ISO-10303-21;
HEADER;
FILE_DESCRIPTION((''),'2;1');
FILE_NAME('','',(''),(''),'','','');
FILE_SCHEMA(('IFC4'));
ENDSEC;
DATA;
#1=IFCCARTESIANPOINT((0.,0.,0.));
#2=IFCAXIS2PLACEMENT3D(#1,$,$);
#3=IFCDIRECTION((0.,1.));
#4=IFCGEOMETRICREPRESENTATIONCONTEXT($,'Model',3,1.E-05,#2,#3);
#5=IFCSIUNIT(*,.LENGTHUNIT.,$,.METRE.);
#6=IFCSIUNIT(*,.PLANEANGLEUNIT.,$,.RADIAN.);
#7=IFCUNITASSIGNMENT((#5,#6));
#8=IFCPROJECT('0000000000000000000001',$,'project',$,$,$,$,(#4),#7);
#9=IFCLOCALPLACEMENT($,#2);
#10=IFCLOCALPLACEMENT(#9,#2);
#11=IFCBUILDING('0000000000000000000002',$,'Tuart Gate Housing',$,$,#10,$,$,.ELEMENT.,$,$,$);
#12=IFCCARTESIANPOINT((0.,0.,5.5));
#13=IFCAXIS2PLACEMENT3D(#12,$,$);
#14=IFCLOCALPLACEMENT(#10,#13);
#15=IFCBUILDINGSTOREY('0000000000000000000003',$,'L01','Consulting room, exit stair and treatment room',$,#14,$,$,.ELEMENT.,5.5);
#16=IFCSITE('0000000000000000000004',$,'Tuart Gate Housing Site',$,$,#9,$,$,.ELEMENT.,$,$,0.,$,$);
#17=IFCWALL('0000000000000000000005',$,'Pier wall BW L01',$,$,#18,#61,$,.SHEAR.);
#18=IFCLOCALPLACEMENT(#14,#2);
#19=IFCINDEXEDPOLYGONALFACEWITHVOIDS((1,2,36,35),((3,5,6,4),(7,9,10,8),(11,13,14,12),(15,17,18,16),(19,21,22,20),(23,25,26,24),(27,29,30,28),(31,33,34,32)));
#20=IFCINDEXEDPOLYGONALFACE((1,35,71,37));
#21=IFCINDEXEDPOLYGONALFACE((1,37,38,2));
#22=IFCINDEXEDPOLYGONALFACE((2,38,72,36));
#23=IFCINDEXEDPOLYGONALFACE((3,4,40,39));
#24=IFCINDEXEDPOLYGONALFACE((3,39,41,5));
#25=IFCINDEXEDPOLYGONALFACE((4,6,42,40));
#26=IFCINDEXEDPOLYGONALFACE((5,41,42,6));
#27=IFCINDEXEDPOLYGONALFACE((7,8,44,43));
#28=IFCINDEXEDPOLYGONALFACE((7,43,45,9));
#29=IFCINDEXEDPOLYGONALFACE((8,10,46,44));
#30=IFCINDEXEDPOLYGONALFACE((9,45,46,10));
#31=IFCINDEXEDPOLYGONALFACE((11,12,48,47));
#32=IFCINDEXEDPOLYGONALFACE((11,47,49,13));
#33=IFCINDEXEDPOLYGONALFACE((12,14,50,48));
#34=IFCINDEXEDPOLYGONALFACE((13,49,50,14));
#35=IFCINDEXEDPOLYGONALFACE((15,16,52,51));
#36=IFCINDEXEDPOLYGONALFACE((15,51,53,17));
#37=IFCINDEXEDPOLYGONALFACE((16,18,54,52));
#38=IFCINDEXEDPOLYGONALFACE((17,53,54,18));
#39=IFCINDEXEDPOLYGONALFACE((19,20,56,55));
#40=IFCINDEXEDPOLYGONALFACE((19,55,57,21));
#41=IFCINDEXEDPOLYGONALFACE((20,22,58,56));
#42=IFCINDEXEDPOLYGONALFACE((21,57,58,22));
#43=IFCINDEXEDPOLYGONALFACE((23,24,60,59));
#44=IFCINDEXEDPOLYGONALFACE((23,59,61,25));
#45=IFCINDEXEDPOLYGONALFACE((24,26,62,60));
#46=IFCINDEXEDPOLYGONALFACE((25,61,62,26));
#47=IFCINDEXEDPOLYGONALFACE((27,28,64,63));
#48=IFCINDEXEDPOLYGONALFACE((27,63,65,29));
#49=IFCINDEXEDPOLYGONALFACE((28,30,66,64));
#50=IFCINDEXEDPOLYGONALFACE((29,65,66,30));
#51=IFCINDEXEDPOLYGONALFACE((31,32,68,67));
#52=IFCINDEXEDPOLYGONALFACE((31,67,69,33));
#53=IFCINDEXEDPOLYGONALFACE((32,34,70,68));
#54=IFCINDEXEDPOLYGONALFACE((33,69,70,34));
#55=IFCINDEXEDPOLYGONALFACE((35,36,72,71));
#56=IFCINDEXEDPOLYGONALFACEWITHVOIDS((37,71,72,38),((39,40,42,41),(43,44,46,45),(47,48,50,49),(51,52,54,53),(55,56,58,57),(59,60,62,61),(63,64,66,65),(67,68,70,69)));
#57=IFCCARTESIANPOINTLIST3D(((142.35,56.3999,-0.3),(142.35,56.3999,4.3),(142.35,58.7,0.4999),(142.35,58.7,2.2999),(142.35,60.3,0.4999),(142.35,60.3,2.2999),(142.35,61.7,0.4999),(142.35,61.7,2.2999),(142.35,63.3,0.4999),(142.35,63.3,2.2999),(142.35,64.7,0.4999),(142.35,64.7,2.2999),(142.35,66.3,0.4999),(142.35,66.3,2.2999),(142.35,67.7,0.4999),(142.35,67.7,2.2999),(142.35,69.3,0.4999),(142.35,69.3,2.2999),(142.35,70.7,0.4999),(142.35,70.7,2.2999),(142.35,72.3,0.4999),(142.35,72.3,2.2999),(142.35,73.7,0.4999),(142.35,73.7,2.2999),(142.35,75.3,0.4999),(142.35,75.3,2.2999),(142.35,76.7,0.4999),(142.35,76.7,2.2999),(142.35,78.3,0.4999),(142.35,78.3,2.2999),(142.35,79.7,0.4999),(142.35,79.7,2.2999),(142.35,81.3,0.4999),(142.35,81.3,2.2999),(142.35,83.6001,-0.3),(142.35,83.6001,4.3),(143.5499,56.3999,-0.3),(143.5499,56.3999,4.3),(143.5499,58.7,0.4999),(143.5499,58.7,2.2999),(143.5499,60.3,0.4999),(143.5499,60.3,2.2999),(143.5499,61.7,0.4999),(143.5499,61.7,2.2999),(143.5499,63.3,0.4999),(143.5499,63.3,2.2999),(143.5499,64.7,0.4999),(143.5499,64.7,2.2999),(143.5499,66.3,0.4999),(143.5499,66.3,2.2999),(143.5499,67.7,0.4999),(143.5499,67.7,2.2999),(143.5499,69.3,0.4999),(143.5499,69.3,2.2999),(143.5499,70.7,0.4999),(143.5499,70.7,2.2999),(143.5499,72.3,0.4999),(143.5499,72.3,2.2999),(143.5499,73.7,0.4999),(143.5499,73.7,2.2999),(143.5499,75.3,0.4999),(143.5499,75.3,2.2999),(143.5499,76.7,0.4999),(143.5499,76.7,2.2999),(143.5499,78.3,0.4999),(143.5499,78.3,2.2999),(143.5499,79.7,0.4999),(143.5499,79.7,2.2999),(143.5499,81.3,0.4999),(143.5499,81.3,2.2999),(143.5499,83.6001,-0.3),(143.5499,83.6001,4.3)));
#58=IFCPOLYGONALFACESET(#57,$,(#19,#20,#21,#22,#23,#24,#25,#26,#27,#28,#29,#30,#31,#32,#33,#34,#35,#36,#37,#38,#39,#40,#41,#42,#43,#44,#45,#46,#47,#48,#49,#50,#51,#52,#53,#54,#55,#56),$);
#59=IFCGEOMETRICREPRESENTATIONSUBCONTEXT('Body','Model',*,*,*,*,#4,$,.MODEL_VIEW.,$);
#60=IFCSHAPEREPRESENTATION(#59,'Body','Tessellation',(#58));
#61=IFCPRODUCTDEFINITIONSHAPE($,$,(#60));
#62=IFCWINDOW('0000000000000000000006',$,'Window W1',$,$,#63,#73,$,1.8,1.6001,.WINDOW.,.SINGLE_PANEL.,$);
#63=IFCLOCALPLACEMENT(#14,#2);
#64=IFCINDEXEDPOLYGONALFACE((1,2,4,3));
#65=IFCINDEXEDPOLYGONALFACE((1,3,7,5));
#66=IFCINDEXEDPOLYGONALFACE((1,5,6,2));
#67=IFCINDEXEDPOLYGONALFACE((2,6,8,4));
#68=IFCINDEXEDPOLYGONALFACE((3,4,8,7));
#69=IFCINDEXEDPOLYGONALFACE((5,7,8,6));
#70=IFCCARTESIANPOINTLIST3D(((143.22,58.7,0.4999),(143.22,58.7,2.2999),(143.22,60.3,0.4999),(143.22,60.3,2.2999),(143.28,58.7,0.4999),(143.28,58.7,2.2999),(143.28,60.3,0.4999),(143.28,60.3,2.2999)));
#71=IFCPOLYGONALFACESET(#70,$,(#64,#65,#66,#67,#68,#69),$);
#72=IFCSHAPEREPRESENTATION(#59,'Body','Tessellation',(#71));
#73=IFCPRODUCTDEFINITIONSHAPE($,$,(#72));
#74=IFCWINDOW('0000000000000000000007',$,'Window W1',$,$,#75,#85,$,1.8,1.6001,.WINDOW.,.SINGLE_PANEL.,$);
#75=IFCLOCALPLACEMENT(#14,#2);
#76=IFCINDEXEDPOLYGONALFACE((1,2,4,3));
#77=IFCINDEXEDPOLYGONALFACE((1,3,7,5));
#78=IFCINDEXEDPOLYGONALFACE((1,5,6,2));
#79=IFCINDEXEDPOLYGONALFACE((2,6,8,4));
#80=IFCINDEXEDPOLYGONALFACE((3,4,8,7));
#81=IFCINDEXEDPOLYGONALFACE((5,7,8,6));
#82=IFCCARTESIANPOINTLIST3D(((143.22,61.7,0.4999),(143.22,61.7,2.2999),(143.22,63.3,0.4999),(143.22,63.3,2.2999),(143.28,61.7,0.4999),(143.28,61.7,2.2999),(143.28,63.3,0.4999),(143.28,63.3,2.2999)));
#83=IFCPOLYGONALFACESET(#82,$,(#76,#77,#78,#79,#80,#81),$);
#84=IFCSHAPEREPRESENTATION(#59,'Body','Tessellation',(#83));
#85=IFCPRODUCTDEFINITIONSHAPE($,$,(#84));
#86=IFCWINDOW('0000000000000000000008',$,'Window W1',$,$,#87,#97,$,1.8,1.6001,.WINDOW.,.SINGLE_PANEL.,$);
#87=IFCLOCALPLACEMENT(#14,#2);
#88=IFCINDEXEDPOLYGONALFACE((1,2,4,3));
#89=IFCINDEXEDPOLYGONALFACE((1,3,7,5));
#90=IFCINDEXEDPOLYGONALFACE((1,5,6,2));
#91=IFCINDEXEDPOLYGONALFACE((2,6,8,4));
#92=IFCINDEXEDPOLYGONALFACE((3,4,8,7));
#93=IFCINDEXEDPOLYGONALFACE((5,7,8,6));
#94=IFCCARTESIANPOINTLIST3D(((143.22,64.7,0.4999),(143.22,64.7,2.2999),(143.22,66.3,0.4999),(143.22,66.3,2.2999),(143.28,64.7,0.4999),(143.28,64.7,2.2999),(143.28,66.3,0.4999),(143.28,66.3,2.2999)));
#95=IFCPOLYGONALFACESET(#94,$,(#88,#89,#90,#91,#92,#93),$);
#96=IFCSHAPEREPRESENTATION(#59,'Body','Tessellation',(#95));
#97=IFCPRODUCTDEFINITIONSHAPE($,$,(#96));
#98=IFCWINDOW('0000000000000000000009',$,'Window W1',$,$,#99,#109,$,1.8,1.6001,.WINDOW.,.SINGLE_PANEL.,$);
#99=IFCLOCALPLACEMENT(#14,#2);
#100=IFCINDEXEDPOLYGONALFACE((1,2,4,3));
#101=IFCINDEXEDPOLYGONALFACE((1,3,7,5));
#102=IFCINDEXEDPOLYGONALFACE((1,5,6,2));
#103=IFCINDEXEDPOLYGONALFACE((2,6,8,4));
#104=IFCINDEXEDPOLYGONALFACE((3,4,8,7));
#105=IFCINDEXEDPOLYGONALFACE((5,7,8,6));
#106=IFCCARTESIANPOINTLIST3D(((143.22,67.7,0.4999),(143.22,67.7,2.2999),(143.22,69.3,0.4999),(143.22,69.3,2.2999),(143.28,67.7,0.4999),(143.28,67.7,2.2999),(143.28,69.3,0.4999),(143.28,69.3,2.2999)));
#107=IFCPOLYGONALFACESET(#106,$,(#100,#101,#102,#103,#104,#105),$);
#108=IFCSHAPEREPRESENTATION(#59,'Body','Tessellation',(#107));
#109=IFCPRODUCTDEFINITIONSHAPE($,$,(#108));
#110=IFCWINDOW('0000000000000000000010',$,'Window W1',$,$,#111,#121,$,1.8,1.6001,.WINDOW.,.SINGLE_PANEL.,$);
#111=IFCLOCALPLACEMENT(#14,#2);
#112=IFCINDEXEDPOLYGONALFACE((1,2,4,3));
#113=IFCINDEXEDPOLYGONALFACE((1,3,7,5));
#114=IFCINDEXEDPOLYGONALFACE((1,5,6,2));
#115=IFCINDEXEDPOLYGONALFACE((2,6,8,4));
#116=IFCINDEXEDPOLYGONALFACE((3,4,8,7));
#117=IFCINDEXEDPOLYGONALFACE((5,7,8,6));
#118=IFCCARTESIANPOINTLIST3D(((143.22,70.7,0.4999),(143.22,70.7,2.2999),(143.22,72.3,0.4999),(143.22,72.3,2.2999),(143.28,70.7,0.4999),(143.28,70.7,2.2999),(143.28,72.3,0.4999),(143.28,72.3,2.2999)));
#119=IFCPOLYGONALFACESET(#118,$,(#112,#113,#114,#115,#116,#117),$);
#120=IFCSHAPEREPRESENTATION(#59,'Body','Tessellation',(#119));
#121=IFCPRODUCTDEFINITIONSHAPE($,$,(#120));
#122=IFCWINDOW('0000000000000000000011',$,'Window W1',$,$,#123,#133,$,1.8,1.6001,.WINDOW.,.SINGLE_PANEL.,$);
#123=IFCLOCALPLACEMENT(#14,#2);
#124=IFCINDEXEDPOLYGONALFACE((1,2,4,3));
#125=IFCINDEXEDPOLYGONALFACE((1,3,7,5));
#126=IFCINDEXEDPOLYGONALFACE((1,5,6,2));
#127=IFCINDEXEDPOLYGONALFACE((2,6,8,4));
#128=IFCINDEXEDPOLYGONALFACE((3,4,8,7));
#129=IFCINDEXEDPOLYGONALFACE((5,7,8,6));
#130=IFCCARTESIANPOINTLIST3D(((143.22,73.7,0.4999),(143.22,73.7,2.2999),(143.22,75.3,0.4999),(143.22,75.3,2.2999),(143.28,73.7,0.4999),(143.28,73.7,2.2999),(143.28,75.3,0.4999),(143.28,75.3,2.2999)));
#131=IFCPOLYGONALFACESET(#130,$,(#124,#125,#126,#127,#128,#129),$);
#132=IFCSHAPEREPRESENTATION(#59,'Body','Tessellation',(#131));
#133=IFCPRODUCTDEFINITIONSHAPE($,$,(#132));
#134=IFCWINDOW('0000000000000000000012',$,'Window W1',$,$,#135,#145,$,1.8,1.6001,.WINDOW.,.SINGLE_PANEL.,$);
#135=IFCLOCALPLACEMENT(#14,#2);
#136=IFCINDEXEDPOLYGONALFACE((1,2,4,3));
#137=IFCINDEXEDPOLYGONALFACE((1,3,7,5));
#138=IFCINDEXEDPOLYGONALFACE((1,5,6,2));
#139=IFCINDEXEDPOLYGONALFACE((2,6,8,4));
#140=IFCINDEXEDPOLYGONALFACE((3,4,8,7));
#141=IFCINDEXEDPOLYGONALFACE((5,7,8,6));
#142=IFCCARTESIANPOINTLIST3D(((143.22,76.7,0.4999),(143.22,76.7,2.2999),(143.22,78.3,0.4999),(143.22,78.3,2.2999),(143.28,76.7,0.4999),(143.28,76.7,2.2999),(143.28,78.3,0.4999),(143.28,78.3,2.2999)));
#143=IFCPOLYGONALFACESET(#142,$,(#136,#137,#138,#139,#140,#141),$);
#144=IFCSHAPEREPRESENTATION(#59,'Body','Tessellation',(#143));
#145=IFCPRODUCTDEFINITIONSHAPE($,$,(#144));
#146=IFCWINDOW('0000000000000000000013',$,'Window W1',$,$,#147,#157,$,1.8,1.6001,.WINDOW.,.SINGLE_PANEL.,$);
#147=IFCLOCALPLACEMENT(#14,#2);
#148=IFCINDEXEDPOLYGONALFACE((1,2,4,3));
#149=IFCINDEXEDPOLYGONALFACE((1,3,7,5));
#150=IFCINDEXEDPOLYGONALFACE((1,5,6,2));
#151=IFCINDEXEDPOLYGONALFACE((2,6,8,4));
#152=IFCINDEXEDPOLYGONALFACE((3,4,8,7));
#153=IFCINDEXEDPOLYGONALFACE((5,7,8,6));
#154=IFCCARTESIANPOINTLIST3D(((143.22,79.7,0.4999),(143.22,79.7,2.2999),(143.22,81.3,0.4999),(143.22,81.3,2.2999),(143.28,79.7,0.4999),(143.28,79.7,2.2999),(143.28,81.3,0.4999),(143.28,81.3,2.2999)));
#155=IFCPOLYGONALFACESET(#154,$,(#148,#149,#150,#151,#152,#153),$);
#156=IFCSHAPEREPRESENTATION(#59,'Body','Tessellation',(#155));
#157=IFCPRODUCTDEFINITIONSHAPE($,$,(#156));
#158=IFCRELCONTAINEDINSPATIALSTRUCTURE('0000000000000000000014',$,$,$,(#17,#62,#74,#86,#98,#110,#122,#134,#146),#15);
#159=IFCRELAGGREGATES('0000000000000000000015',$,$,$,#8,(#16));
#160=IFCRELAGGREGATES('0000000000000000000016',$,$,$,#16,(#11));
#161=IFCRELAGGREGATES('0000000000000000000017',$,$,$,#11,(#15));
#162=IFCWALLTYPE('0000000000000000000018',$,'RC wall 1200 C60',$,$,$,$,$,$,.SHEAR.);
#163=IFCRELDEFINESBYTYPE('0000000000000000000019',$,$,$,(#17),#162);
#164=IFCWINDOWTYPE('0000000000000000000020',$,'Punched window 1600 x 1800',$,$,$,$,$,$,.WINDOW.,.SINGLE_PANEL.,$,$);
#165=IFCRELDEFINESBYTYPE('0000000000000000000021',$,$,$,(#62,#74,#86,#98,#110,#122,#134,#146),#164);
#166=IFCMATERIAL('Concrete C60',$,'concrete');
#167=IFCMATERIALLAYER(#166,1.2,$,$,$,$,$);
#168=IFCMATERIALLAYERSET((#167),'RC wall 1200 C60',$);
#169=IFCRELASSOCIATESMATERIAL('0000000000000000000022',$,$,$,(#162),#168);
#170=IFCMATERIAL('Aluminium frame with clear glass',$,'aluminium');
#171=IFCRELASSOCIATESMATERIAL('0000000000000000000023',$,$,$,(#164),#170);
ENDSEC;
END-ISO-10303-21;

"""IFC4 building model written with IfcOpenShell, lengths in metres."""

from ifc_helpers import new_model, si_unit, direction, frame, frame_2d, origin, place, context, subcontext, project, spatial, rectangle, extrude, material, layer, layer_set, type_object, element, fill, save


model = new_model("IFC4")

# Units and contexts
model_context = context("Model", 3, precision=1e-05, world=origin(), true_north=direction((0.0, 1.0)))
body_context = subcontext(model_context, "Body", "Model", "MODEL_VIEW")
ifc_project = project(units=[si_unit("LENGTHUNIT", "METRE"), si_unit("PLANEANGLEUNIT", "RADIAN")], contexts=[model_context])

# Site, building, storey
site_placement = place(None, origin())
site = spatial("IfcSite", under=ifc_project, at=site_placement, Name="Tuart Gate Housing Site", CompositionType="ELEMENT", RefElevation=0.0)
building_placement = place(site_placement, origin())
building = spatial("IfcBuilding", under=site, at=building_placement, Name="Tuart Gate Housing", CompositionType="ELEMENT")
storey_placement = place(building_placement, frame((0.0, 0.0, 5.5)))
storey = spatial("IfcBuildingStorey", under=building, at=storey_placement, Name="L01", Description="Consulting room, exit stair and treatment room", CompositionType="ELEMENT", Elevation=5.5)

# Wall, openings, windows
ifc_material_1 = material(Name="Concrete C60", Category="concrete")
ifc_layer_1 = layer(ifc_material_1, 1.2)
ifc_layer_set_1 = layer_set([ifc_layer_1], Name="RC wall 1200 C60")
wall_type_1 = type_object("IfcWallType", Name="RC wall 1200 C60", PredefinedType="SHEAR", material=ifc_layer_set_1)
wall_1_placement = place(storey_placement, frame((142.95, 56.3999, -0.3), z_axis=(0.0, 0.0, 1.0), x_axis=(0.0, 1.0, 0.0)))
wall_1 = element("IfcWall", 1, at=wall_1_placement, inside=storey, type_object=wall_type_1, Name="Pier wall BW L01", PredefinedType="SHEAR", context=body_context, shape_type="SweptSolid", body=[
    extrude(rectangle(XDim=27.2002, YDim=1.2, at=frame_2d((13.6001, 0.0))), origin(), (0.0, 0.0, 1.0), 4.6001),
])
opening_1_placement = place(wall_1_placement, frame((2.3, 0.0, 0.8)))
opening_1 = element("IfcOpeningElement", 2, at=opening_1_placement, cuts=wall_1, PredefinedType="OPENING", context=body_context, shape_type="SweptSolid", body=[
    extrude(rectangle(XDim=1.6001, YDim=1.8, at=frame_2d((0.8, 0.8999))), frame((0.0, 0.6099, 0.0), z_axis=(0.0, -1.0, 0.0), x_axis=(1.0, 0.0, 0.0)), (0.0, 0.0, 1.0), 1.22),
])
opening_2_placement = place(wall_1_placement, frame((5.3, 0.0, 0.8)))
opening_2 = element("IfcOpeningElement", 3, at=opening_2_placement, cuts=wall_1, PredefinedType="OPENING", context=body_context, shape_type="SweptSolid", body=[
    extrude(rectangle(XDim=1.6001, YDim=1.8, at=frame_2d((0.8, 0.8999))), frame((0.0, 0.6099, 0.0), z_axis=(0.0, -1.0, 0.0), x_axis=(1.0, 0.0, 0.0)), (0.0, 0.0, 1.0), 1.22),
])
opening_3_placement = place(wall_1_placement, frame((8.3, 0.0, 0.8)))
opening_3 = element("IfcOpeningElement", 4, at=opening_3_placement, cuts=wall_1, PredefinedType="OPENING", context=body_context, shape_type="SweptSolid", body=[
    extrude(rectangle(XDim=1.6001, YDim=1.8, at=frame_2d((0.8, 0.8999))), frame((0.0, 0.6099, 0.0), z_axis=(0.0, -1.0, 0.0), x_axis=(1.0, 0.0, 0.0)), (0.0, 0.0, 1.0), 1.22),
])
opening_4_placement = place(wall_1_placement, frame((11.3, 0.0, 0.8)))
opening_4 = element("IfcOpeningElement", 5, at=opening_4_placement, cuts=wall_1, PredefinedType="OPENING", context=body_context, shape_type="SweptSolid", body=[
    extrude(rectangle(XDim=1.6001, YDim=1.8, at=frame_2d((0.8, 0.8999))), frame((0.0, 0.6099, 0.0), z_axis=(0.0, -1.0, 0.0), x_axis=(1.0, 0.0, 0.0)), (0.0, 0.0, 1.0), 1.22),
])
opening_5_placement = place(wall_1_placement, frame((14.3, 0.0, 0.8)))
opening_5 = element("IfcOpeningElement", 6, at=opening_5_placement, cuts=wall_1, PredefinedType="OPENING", context=body_context, shape_type="SweptSolid", body=[
    extrude(rectangle(XDim=1.6001, YDim=1.8, at=frame_2d((0.8, 0.8999))), frame((0.0, 0.6099, 0.0), z_axis=(0.0, -1.0, 0.0), x_axis=(1.0, 0.0, 0.0)), (0.0, 0.0, 1.0), 1.22),
])
opening_6_placement = place(wall_1_placement, frame((17.3, 0.0, 0.8)))
opening_6 = element("IfcOpeningElement", 7, at=opening_6_placement, cuts=wall_1, PredefinedType="OPENING", context=body_context, shape_type="SweptSolid", body=[
    extrude(rectangle(XDim=1.6001, YDim=1.8, at=frame_2d((0.8, 0.8999))), frame((0.0, 0.6099, 0.0), z_axis=(0.0, -1.0, 0.0), x_axis=(1.0, 0.0, 0.0)), (0.0, 0.0, 1.0), 1.22),
])
opening_7_placement = place(wall_1_placement, frame((20.3, 0.0, 0.8)))
opening_7 = element("IfcOpeningElement", 8, at=opening_7_placement, cuts=wall_1, PredefinedType="OPENING", context=body_context, shape_type="SweptSolid", body=[
    extrude(rectangle(XDim=1.6001, YDim=1.8, at=frame_2d((0.8, 0.8999))), frame((0.0, 0.6099, 0.0), z_axis=(0.0, -1.0, 0.0), x_axis=(1.0, 0.0, 0.0)), (0.0, 0.0, 1.0), 1.22),
])
opening_8_placement = place(wall_1_placement, frame((23.3, 0.0, 0.8)))
opening_8 = element("IfcOpeningElement", 9, at=opening_8_placement, cuts=wall_1, PredefinedType="OPENING", context=body_context, shape_type="SweptSolid", body=[
    extrude(rectangle(XDim=1.6001, YDim=1.8, at=frame_2d((0.8, 0.8999))), frame((0.0, 0.6099, 0.0), z_axis=(0.0, -1.0, 0.0), x_axis=(1.0, 0.0, 0.0)), (0.0, 0.0, 1.0), 1.22),
])
ifc_material_2 = material(Name="Aluminium frame with clear glass", Category="aluminium")
window_type = type_object("IfcWindowType", Name="Punched window 1600 x 1800", PartitioningType="SINGLE_PANEL", PredefinedType="WINDOW", material=ifc_material_2)
window_1_placement = place(opening_1_placement, origin())
window_1 = element("IfcWindow", 10, at=window_1_placement, inside=storey, type_object=window_type, Name="Window W1", OverallHeight=1.8, OverallWidth=1.6001, PartitioningType="SINGLE_PANEL", PredefinedType="WINDOW", context=body_context, shape_type="SweptSolid", body=[
    extrude(rectangle(XDim=1.6001, YDim=1.8, at=frame_2d((0.8, 0.8999))), frame((0.0, -0.27, 0.0), z_axis=(0.0, -1.0, 0.0), x_axis=(1.0, 0.0, 0.0)), (0.0, 0.0, 1.0), 0.0601),
])
fill(opening_1, window_1)
window_2_placement = place(opening_2_placement, origin())
window_2 = element("IfcWindow", 11, at=window_2_placement, inside=storey, type_object=window_type, Name="Window W1", OverallHeight=1.8, OverallWidth=1.6001, PartitioningType="SINGLE_PANEL", PredefinedType="WINDOW", context=body_context, shape_type="SweptSolid", body=[
    extrude(rectangle(XDim=1.6001, YDim=1.8, at=frame_2d((0.8, 0.8999))), frame((0.0, -0.27, 0.0), z_axis=(0.0, -1.0, 0.0), x_axis=(1.0, 0.0, 0.0)), (0.0, 0.0, 1.0), 0.0601),
])
fill(opening_2, window_2)
window_3_placement = place(opening_3_placement, origin())
window_3 = element("IfcWindow", 12, at=window_3_placement, inside=storey, type_object=window_type, Name="Window W1", OverallHeight=1.8, OverallWidth=1.6001, PartitioningType="SINGLE_PANEL", PredefinedType="WINDOW", context=body_context, shape_type="SweptSolid", body=[
    extrude(rectangle(XDim=1.6001, YDim=1.8, at=frame_2d((0.8, 0.8999))), frame((0.0, -0.27, 0.0), z_axis=(0.0, -1.0, 0.0), x_axis=(1.0, 0.0, 0.0)), (0.0, 0.0, 1.0), 0.0601),
])
fill(opening_3, window_3)
window_4_placement = place(opening_4_placement, origin())
window_4 = element("IfcWindow", 13, at=window_4_placement, inside=storey, type_object=window_type, Name="Window W1", OverallHeight=1.8, OverallWidth=1.6001, PartitioningType="SINGLE_PANEL", PredefinedType="WINDOW", context=body_context, shape_type="SweptSolid", body=[
    extrude(rectangle(XDim=1.6001, YDim=1.8, at=frame_2d((0.8, 0.8999))), frame((0.0, -0.27, 0.0), z_axis=(0.0, -1.0, 0.0), x_axis=(1.0, 0.0, 0.0)), (0.0, 0.0, 1.0), 0.0601),
])
fill(opening_4, window_4)
window_5_placement = place(opening_5_placement, origin())
window_5 = element("IfcWindow", 14, at=window_5_placement, inside=storey, type_object=window_type, Name="Window W1", OverallHeight=1.8, OverallWidth=1.6001, PartitioningType="SINGLE_PANEL", PredefinedType="WINDOW", context=body_context, shape_type="SweptSolid", body=[
    extrude(rectangle(XDim=1.6001, YDim=1.8, at=frame_2d((0.8, 0.8999))), frame((0.0, -0.27, 0.0), z_axis=(0.0, -1.0, 0.0), x_axis=(1.0, 0.0, 0.0)), (0.0, 0.0, 1.0), 0.0601),
])
fill(opening_5, window_5)
window_6_placement = place(opening_6_placement, origin())
window_6 = element("IfcWindow", 15, at=window_6_placement, inside=storey, type_object=window_type, Name="Window W1", OverallHeight=1.8, OverallWidth=1.6001, PartitioningType="SINGLE_PANEL", PredefinedType="WINDOW", context=body_context, shape_type="SweptSolid", body=[
    extrude(rectangle(XDim=1.6001, YDim=1.8, at=frame_2d((0.8, 0.8999))), frame((0.0, -0.27, 0.0), z_axis=(0.0, -1.0, 0.0), x_axis=(1.0, 0.0, 0.0)), (0.0, 0.0, 1.0), 0.0601),
])
fill(opening_6, window_6)
window_7_placement = place(opening_7_placement, origin())
window_7 = element("IfcWindow", 16, at=window_7_placement, inside=storey, type_object=window_type, Name="Window W1", OverallHeight=1.8, OverallWidth=1.6001, PartitioningType="SINGLE_PANEL", PredefinedType="WINDOW", context=body_context, shape_type="SweptSolid", body=[
    extrude(rectangle(XDim=1.6001, YDim=1.8, at=frame_2d((0.8, 0.8999))), frame((0.0, -0.27, 0.0), z_axis=(0.0, -1.0, 0.0), x_axis=(1.0, 0.0, 0.0)), (0.0, 0.0, 1.0), 0.0601),
])
fill(opening_7, window_7)
window_8_placement = place(opening_8_placement, origin())
window_8 = element("IfcWindow", 17, at=window_8_placement, inside=storey, type_object=window_type, Name="Window W1", OverallHeight=1.8, OverallWidth=1.6001, PartitioningType="SINGLE_PANEL", PredefinedType="WINDOW", context=body_context, shape_type="SweptSolid", body=[
    extrude(rectangle(XDim=1.6001, YDim=1.8, at=frame_2d((0.8, 0.8999))), frame((0.0, -0.27, 0.0), z_axis=(0.0, -1.0, 0.0), x_axis=(1.0, 0.0, 0.0)), (0.0, 0.0, 1.0), 0.0601),
])
fill(opening_8, window_8)

save(model, "model.ifc")
